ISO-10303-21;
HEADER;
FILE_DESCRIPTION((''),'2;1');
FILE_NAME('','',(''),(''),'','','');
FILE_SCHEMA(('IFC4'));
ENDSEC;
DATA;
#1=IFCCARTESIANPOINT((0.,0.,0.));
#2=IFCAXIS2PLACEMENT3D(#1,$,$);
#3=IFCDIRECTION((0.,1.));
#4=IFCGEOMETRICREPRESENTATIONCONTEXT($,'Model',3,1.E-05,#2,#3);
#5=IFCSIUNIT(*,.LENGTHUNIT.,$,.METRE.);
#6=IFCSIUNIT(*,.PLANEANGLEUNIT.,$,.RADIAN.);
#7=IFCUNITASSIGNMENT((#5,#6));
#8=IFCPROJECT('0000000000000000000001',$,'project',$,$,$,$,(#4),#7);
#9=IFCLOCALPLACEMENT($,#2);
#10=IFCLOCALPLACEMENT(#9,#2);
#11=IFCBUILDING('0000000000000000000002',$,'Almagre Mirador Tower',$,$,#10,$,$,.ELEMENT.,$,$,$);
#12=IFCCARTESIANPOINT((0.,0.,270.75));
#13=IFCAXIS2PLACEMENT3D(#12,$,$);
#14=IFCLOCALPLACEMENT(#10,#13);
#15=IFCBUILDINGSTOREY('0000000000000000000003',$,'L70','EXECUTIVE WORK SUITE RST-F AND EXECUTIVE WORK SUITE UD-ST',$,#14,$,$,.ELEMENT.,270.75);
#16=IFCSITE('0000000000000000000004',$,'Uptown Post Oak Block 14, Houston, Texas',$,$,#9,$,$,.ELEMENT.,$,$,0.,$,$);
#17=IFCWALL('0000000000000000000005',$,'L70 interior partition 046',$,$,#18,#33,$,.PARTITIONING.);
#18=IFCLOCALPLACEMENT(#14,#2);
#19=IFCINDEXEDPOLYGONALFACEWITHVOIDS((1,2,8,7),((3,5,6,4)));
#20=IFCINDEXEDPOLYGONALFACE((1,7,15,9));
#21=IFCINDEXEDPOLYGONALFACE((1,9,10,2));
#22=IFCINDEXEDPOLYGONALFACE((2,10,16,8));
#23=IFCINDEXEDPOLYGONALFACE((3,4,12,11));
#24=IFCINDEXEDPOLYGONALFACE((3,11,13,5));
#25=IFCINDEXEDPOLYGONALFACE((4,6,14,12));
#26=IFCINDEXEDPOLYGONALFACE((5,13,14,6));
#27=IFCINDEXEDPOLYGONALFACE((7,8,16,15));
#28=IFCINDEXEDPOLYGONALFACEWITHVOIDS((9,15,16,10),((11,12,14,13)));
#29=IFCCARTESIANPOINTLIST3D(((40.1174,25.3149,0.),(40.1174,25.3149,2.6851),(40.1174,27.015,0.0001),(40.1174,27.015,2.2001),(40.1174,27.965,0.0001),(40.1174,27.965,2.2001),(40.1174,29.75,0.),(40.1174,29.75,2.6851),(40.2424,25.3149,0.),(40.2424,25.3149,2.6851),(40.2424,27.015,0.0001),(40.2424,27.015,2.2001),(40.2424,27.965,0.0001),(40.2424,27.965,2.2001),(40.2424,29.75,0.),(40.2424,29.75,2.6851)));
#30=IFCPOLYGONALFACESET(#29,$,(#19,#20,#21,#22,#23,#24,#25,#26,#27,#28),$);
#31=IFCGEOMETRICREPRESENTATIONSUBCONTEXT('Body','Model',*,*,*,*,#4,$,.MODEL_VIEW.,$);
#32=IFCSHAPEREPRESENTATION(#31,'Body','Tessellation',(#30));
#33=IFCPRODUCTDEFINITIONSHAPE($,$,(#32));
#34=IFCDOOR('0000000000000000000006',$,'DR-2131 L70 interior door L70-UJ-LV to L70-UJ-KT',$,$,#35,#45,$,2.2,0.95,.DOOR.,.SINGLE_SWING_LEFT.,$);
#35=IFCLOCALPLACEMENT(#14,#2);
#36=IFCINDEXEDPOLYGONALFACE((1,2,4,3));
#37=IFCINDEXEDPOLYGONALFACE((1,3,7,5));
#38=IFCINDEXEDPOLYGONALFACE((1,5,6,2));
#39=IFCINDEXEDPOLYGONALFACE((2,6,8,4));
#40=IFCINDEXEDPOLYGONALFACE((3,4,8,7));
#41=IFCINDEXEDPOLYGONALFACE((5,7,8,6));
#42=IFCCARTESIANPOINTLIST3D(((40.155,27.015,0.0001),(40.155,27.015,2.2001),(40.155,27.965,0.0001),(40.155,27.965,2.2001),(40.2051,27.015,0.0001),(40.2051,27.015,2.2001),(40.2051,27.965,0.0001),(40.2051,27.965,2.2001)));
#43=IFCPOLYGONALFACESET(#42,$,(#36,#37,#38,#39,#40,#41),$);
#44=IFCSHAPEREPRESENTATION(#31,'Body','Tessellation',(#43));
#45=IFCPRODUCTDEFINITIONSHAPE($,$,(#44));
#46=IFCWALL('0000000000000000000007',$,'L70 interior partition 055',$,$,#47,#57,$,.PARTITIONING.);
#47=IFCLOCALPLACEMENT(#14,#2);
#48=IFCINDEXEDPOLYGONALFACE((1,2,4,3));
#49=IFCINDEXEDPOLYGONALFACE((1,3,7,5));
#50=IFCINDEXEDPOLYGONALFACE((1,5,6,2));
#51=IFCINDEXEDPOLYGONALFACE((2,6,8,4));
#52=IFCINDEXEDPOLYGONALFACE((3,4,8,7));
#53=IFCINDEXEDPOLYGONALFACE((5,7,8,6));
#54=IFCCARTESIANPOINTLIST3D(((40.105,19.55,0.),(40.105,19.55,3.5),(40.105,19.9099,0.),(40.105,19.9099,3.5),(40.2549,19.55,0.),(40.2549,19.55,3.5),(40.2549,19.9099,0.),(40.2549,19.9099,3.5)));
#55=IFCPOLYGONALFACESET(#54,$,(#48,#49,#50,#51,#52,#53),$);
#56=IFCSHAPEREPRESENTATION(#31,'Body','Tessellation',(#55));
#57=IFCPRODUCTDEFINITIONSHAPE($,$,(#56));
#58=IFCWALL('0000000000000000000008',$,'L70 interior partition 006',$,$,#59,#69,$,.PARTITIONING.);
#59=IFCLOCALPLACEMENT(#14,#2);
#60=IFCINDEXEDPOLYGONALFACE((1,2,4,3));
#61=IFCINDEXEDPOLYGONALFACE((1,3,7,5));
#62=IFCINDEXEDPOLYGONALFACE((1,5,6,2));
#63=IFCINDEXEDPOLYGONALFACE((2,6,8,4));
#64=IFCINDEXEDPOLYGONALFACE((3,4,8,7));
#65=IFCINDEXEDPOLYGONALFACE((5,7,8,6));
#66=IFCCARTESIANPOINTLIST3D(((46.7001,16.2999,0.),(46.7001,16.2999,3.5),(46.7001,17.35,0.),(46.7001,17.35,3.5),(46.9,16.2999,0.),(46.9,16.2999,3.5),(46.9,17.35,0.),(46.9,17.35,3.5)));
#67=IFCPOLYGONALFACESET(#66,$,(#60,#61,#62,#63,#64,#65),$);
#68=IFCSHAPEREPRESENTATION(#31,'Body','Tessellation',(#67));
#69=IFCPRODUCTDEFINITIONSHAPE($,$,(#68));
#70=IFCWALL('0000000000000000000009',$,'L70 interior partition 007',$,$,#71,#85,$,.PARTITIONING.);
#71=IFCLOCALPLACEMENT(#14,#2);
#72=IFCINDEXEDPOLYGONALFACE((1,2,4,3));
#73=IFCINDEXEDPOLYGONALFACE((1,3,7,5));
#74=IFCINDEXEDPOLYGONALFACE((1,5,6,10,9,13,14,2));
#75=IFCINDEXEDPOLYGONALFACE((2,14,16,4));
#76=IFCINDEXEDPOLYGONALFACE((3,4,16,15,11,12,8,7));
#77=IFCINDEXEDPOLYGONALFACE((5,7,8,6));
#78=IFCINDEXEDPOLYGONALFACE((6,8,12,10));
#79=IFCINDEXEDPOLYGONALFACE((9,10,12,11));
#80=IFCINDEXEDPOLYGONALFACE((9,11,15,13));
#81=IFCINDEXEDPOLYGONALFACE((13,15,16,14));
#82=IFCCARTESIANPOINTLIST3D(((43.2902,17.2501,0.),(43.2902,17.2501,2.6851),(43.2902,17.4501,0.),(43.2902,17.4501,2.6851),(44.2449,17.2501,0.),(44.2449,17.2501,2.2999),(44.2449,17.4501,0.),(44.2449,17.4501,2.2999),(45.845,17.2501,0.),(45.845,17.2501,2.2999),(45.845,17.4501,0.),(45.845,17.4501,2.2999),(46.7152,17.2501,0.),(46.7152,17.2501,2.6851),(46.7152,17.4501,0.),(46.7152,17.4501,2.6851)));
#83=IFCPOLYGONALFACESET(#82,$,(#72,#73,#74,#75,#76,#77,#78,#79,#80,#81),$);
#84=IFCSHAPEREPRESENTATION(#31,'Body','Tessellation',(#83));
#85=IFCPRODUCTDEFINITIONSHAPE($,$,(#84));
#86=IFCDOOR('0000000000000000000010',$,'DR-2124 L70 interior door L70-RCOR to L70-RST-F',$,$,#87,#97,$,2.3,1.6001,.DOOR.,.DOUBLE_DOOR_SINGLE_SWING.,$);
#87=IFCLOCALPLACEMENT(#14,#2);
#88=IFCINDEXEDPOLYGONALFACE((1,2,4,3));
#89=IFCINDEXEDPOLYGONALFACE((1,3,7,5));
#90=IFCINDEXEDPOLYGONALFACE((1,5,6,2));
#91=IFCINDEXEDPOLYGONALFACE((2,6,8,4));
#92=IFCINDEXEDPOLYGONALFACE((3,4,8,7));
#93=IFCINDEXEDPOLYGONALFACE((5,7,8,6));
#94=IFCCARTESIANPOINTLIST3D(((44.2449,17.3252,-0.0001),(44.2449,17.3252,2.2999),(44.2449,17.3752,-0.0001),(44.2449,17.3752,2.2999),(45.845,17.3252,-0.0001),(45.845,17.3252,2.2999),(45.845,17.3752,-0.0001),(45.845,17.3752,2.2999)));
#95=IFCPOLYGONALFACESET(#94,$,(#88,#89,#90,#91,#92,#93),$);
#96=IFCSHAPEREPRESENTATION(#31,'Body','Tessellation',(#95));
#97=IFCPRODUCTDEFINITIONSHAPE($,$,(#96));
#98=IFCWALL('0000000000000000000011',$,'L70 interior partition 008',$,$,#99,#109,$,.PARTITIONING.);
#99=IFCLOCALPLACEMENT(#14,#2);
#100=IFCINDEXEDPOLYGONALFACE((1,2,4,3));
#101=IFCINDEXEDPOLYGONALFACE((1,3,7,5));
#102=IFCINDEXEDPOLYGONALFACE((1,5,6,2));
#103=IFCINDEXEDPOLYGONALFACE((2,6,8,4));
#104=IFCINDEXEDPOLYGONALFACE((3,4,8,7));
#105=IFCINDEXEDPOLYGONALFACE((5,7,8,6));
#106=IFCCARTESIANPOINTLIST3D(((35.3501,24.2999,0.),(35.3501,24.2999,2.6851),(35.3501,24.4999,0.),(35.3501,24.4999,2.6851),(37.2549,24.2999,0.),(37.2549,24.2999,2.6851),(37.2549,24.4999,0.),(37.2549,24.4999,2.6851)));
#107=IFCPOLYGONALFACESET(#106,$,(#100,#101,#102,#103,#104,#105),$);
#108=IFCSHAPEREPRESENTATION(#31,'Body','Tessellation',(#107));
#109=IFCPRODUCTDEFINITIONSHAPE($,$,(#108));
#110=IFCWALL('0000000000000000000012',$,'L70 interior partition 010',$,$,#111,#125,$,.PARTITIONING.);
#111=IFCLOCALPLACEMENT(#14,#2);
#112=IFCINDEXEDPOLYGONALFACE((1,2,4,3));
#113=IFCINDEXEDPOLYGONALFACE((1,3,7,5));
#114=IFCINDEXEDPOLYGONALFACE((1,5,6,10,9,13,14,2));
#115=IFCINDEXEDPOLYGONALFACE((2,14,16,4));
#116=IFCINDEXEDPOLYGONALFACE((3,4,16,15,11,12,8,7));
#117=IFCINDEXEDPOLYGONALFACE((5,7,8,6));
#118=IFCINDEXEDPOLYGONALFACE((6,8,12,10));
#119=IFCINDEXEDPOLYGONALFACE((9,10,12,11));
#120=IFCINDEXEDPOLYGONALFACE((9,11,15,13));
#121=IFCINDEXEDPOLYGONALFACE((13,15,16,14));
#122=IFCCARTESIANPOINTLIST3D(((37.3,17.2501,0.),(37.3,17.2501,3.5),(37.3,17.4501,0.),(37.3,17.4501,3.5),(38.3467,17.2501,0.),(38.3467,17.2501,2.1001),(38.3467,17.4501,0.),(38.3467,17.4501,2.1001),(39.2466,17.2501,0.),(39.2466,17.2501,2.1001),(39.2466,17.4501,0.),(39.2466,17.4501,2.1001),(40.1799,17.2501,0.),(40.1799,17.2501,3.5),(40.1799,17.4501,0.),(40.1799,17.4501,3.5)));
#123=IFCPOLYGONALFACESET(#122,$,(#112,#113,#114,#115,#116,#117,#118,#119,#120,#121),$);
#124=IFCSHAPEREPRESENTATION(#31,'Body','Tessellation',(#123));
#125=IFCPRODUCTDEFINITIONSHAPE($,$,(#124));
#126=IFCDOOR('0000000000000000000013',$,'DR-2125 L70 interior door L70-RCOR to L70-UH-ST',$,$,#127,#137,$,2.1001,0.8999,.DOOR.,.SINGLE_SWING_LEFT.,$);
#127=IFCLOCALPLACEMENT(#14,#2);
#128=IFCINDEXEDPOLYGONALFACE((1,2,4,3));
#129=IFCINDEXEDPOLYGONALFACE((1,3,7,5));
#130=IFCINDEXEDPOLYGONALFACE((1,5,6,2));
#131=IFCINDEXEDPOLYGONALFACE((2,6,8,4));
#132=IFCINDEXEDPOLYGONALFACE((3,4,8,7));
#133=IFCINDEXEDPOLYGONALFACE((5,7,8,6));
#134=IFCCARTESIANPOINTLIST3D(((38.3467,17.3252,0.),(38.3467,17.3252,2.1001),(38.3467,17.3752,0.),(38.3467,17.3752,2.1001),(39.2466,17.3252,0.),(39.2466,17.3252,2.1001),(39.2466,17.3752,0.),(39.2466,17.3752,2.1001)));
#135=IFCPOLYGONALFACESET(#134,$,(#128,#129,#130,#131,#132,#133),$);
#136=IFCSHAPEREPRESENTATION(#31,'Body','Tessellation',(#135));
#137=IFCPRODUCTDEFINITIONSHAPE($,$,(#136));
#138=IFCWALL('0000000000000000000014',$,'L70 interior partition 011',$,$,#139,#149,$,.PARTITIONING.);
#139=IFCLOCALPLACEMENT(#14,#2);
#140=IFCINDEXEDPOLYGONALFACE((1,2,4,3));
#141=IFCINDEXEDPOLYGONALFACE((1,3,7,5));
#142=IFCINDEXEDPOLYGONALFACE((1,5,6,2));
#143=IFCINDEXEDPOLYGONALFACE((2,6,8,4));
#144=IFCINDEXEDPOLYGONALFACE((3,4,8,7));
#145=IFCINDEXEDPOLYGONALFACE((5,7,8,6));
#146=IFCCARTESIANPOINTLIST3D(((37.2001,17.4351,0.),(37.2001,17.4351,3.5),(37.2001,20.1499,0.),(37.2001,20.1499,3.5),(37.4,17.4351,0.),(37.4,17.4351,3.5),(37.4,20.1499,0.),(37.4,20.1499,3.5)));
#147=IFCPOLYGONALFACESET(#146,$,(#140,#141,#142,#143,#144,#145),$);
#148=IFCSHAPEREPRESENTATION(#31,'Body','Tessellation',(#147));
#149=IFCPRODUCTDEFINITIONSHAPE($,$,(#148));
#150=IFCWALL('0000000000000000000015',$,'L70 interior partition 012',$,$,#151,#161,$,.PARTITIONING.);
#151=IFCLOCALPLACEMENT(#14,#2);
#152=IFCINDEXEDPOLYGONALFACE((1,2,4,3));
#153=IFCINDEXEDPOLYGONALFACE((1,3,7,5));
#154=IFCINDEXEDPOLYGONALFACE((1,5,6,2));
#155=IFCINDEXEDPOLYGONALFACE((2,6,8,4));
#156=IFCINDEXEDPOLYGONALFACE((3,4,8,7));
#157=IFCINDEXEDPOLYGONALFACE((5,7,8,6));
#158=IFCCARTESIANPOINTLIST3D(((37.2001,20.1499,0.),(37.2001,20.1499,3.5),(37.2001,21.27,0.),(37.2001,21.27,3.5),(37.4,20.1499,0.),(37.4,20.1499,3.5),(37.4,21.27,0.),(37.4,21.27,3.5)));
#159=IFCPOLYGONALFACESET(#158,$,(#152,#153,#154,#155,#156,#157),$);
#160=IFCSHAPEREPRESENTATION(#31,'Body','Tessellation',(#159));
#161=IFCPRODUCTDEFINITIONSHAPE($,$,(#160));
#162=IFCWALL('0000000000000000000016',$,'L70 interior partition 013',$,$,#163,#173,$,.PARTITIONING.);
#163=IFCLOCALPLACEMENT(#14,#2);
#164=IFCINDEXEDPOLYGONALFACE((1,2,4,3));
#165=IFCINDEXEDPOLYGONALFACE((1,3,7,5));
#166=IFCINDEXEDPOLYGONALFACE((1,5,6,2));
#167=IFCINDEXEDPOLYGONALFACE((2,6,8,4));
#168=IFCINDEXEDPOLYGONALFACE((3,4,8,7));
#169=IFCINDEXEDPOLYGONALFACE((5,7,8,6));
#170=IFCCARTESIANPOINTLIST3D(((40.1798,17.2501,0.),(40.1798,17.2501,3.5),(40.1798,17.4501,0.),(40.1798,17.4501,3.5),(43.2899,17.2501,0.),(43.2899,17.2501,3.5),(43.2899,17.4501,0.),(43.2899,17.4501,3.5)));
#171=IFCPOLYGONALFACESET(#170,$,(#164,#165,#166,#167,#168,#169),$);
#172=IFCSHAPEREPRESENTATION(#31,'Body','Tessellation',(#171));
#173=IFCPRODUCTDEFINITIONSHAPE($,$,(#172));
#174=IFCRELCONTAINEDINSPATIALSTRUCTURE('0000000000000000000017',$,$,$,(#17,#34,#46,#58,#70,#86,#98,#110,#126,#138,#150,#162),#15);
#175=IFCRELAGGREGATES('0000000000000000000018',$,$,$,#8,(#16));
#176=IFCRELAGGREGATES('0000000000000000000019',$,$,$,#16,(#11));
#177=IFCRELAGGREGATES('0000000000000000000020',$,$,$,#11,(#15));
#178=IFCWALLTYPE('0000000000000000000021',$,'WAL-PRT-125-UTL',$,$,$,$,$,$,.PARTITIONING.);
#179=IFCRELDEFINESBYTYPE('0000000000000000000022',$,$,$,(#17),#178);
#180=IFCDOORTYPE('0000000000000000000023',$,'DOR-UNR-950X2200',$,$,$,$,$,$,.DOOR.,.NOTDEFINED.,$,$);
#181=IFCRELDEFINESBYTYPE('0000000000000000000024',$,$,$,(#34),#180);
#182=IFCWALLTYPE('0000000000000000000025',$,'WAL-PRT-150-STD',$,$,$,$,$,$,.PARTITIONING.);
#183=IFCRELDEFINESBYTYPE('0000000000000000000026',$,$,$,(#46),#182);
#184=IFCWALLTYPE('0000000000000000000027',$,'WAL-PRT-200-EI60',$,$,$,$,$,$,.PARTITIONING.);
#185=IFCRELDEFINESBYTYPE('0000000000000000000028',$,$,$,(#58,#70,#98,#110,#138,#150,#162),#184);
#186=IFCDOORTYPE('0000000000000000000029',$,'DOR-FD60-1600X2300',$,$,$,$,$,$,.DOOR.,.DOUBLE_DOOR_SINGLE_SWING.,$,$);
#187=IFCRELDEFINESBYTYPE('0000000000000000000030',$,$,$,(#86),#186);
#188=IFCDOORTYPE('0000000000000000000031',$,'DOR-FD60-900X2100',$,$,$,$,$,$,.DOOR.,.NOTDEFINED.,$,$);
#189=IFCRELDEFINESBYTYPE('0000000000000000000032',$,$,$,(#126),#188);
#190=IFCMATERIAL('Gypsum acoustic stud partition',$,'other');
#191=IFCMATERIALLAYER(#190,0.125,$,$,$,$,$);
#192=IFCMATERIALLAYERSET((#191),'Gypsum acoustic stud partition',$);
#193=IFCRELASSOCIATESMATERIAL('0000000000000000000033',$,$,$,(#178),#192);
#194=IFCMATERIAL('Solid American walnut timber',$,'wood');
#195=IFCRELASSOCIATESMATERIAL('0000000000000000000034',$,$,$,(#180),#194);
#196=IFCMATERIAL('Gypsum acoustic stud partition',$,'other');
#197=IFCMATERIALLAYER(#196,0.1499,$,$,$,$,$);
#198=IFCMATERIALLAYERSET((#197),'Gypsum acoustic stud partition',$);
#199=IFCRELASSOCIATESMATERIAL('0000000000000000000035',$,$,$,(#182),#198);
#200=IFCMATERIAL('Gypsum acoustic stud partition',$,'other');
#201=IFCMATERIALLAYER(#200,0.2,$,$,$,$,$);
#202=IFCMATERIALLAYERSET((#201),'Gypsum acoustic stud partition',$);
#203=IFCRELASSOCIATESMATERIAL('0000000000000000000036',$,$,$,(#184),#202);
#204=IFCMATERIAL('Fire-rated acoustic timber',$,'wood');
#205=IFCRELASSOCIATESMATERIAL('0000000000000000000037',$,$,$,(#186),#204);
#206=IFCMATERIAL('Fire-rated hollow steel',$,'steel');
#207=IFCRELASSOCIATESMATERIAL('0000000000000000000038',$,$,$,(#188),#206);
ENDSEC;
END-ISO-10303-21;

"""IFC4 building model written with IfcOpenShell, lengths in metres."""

from ifc_helpers import new_model, si_unit, direction, frame, frame_2d, origin, place, context, subcontext, project, spatial, rectangle, extrude, material, layer, layer_set, type_object, element, fill, save


model = new_model("IFC4")

# Units and contexts
model_context = context("Model", 3, precision=1e-05, world=origin(), true_north=direction((0.0, 1.0)))
body_context = subcontext(model_context, "Body", "Model", "MODEL_VIEW")
ifc_project = project(units=[si_unit("LENGTHUNIT", "METRE"), si_unit("PLANEANGLEUNIT", "RADIAN")], contexts=[model_context])

# Site, building, storey
site_placement = place(None, origin())
site = spatial("IfcSite", under=ifc_project, at=site_placement, Name="Uptown Post Oak Block 14, Houston, Texas", CompositionType="ELEMENT", RefElevation=0.0)
building_placement = place(site_placement, origin())
building = spatial("IfcBuilding", under=site, at=building_placement, Name="Almagre Mirador Tower", CompositionType="ELEMENT")
storey_placement = place(building_placement, frame((0.0, 0.0, 270.75)))
storey = spatial("IfcBuildingStorey", under=building, at=storey_placement, Name="L70", Description="EXECUTIVE WORK SUITE RST-F AND EXECUTIVE WORK SUITE UD-ST", CompositionType="ELEMENT", Elevation=270.75)

# Wall, opening, door
ifc_material_1 = material(Name="Gypsum acoustic stud partition", Category="other")
ifc_layer_1 = layer(ifc_material_1, 0.125)
ifc_layer_set_1 = layer_set([ifc_layer_1], Name="Gypsum acoustic stud partition")
wall_type_1 = type_object("IfcWallType", Name="WAL-PRT-125-UTL", PredefinedType="PARTITIONING", material=ifc_layer_set_1)
wall_1_placement = place(storey_placement, frame((40.1799, 25.3149, 0.0), z_axis=(0.0, 0.0, 1.0), x_axis=(0.0, 1.0, 0.0)))
wall_1 = element("IfcWall", 1, at=wall_1_placement, inside=storey, type_object=wall_type_1, Name="L70 interior partition 046", PredefinedType="PARTITIONING", context=body_context, shape_type="SweptSolid", body=[
    extrude(rectangle(XDim=4.4351, YDim=0.125, at=frame_2d((2.2175, 0.0))), origin(), (0.0, 0.0, 1.0), 2.6851),
])
opening_1_placement = place(wall_1_placement, frame((1.7, 0.0, 0.0)))
opening_1 = element("IfcOpeningElement", 2, at=opening_1_placement, cuts=wall_1, PredefinedType="OPENING", context=body_context, shape_type="SweptSolid", body=[
    extrude(rectangle(XDim=0.95, YDim=2.2, at=frame_2d((0.4751, 1.1001))), frame((0.0, 0.0725, 0.0), z_axis=(0.0, -1.0, 0.0), x_axis=(1.0, 0.0, 0.0)), (0.0, 0.0, 1.0), 0.145),
])
ifc_material_2 = material(Name="Solid American walnut timber", Category="wood")
door_type_1 = type_object("IfcDoorType", Name="DOR-UNR-950X2200", OperationType="NOTDEFINED", PredefinedType="DOOR", material=ifc_material_2)
door_1_placement = place(opening_1_placement, origin())
door_1 = element("IfcDoor", 3, at=door_1_placement, inside=storey, type_object=door_type_1, Name="DR-2131 L70 interior door L70-UJ-LV to L70-UJ-KT", OperationType="SINGLE_SWING_LEFT", OverallHeight=2.2, OverallWidth=0.95, PredefinedType="DOOR", context=body_context, shape_type="SweptSolid", body=[
    extrude(rectangle(XDim=0.95, YDim=2.2, at=frame_2d((0.4751, 1.1001))), frame((0.0, 0.0249, 0.0), z_axis=(0.0, -1.0, 0.0), x_axis=(1.0, 0.0, 0.0)), (0.0, 0.0, 1.0), 0.05),
])
fill(opening_1, door_1)

# Walls
ifc_material_3 = material(Name="Gypsum acoustic stud partition", Category="other")
ifc_layer_2 = layer(ifc_material_3, 0.1499)
ifc_layer_set_2 = layer_set([ifc_layer_2], Name="Gypsum acoustic stud partition")
wall_type_2 = type_object("IfcWallType", Name="WAL-PRT-150-STD", PredefinedType="PARTITIONING", material=ifc_layer_set_2)
wall_2_placement = place(storey_placement, frame((40.1799, 19.55, 0.0), z_axis=(0.0, 0.0, 1.0), x_axis=(0.0, 1.0, 0.0)))
element("IfcWall", 4, at=wall_2_placement, inside=storey, type_object=wall_type_2, Name="L70 interior partition 055", PredefinedType="PARTITIONING", context=body_context, shape_type="SweptSolid", body=[
    extrude(rectangle(XDim=0.3599, YDim=0.1499, at=frame_2d((0.1799, 0.0))), origin(), (0.0, 0.0, 1.0), 3.5),
])
ifc_material_4 = material(Name="Gypsum acoustic stud partition", Category="other")
ifc_layer_3 = layer(ifc_material_4, 0.2)
ifc_layer_set_3 = layer_set([ifc_layer_3], Name="Gypsum acoustic stud partition")
wall_type_3 = type_object("IfcWallType", Name="WAL-PRT-200-EI60", PredefinedType="PARTITIONING", material=ifc_layer_set_3)
wall_3_placement = place(storey_placement, frame((46.8, 16.3, 0.0), z_axis=(0.0, 0.0, 1.0), x_axis=(0.0, 1.0, 0.0)))
element("IfcWall", 5, at=wall_3_placement, inside=storey, type_object=wall_type_3, Name="L70 interior partition 006", PredefinedType="PARTITIONING", context=body_context, shape_type="SweptSolid", body=[
    extrude(rectangle(XDim=1.05, YDim=0.2, at=frame_2d((0.5249, 0.0))), origin(), (0.0, 0.0, 1.0), 3.5),
])

# Wall, opening, door
wall_4_placement = place(storey_placement, frame((46.7151, 17.3501, 0.0), z_axis=(0.0, 0.0, 1.0), x_axis=(-1.0, 0.0, 0.0)))
wall_4 = element("IfcWall", 6, at=wall_4_placement, inside=storey, type_object=wall_type_3, Name="L70 interior partition 007", PredefinedType="PARTITIONING", context=body_context, shape_type="SweptSolid", body=[
    extrude(rectangle(XDim=3.425, YDim=0.2, at=frame_2d((1.7124, 0.0))), origin(), (0.0, 0.0, 1.0), 2.6851),
])
opening_2_placement = place(wall_4_placement, frame((0.8701, 0.0, 0.0)))
opening_2 = element("IfcOpeningElement", 7, at=opening_2_placement, cuts=wall_4, PredefinedType="OPENING", context=body_context, shape_type="SweptSolid", body=[
    extrude(rectangle(XDim=1.6001, YDim=2.3, at=frame_2d((0.8, 1.1499))), frame((0.0, 0.1101, 0.0), z_axis=(0.0, -1.0, 0.0), x_axis=(1.0, 0.0, 0.0)), (0.0, 0.0, 1.0), 0.22),
])
ifc_material_5 = material(Name="Fire-rated acoustic timber", Category="wood")
door_type_2 = type_object("IfcDoorType", Name="DOR-FD60-1600X2300", OperationType="DOUBLE_DOOR_SINGLE_SWING", PredefinedType="DOOR", material=ifc_material_5)
door_2_placement = place(opening_2_placement, origin())
door_2 = element("IfcDoor", 8, at=door_2_placement, inside=storey, type_object=door_type_2, Name="DR-2124 L70 interior door L70-RCOR to L70-RST-F", OperationType="DOUBLE_DOOR_SINGLE_SWING", OverallHeight=2.3, OverallWidth=1.6001, PredefinedType="DOOR", context=body_context, shape_type="SweptSolid", body=[
    extrude(rectangle(XDim=1.6001, YDim=2.3, at=frame_2d((0.8, 1.1499))), frame((0.0, 0.0249, 0.0), z_axis=(0.0, -1.0, 0.0), x_axis=(1.0, 0.0, 0.0)), (0.0, 0.0, 1.0), 0.05),
])
fill(opening_2, door_2)

# Wall
wall_5_placement = place(storey_placement, frame((37.2549, 24.3999, 0.0), z_axis=(0.0, 0.0, 1.0), x_axis=(-1.0, 0.0, 0.0)))
element("IfcWall", 9, at=wall_5_placement, inside=storey, type_object=wall_type_3, Name="L70 interior partition 008", PredefinedType="PARTITIONING", context=body_context, shape_type="SweptSolid", body=[
    extrude(rectangle(XDim=1.9048, YDim=0.2, at=frame_2d((0.9524, 0.0))), origin(), (0.0, 0.0, 1.0), 2.6851),
])

# Wall, opening, door
wall_6_placement = place(storey_placement, frame((40.1799, 17.3501, 0.0), z_axis=(0.0, 0.0, 1.0), x_axis=(-1.0, 0.0, 0.0)))
wall_6 = element("IfcWall", 10, at=wall_6_placement, inside=storey, type_object=wall_type_3, Name="L70 interior partition 010", PredefinedType="PARTITIONING", context=body_context, shape_type="SweptSolid", body=[
    extrude(rectangle(XDim=2.8799, YDim=0.2, at=frame_2d((1.4399, 0.0))), origin(), (0.0, 0.0, 1.0), 3.5),
])
opening_3_placement = place(wall_6_placement, frame((0.9333, 0.0, 0.0)))
opening_3 = element("IfcOpeningElement", 11, at=opening_3_placement, cuts=wall_6, PredefinedType="OPENING", context=body_context, shape_type="SweptSolid", body=[
    extrude(rectangle(XDim=0.8999, YDim=2.1001, at=frame_2d((0.45, 1.05))), frame((0.0, 0.1101, 0.0), z_axis=(0.0, -1.0, 0.0), x_axis=(1.0, 0.0, 0.0)), (0.0, 0.0, 1.0), 0.22),
])
ifc_material_6 = material(Name="Fire-rated hollow steel", Category="steel")
door_type_3 = type_object("IfcDoorType", Name="DOR-FD60-900X2100", OperationType="NOTDEFINED", PredefinedType="DOOR", material=ifc_material_6)
door_3_placement = place(opening_3_placement, origin())
door_3 = element("IfcDoor", 12, at=door_3_placement, inside=storey, type_object=door_type_3, Name="DR-2125 L70 interior door L70-RCOR to L70-UH-ST", OperationType="SINGLE_SWING_LEFT", OverallHeight=2.1001, OverallWidth=0.8999, PredefinedType="DOOR", context=body_context, shape_type="SweptSolid", body=[
    extrude(rectangle(XDim=0.8999, YDim=2.1001, at=frame_2d((0.45, 1.05))), frame((0.0, 0.0249, 0.0), z_axis=(0.0, -1.0, 0.0), x_axis=(1.0, 0.0, 0.0)), (0.0, 0.0, 1.0), 0.05),
])
fill(opening_3, door_3)

# Walls
wall_7_placement = place(storey_placement, frame((37.3, 17.4351, 0.0), z_axis=(0.0, 0.0, 1.0), x_axis=(0.0, 1.0, 0.0)))
element("IfcWall", 13, at=wall_7_placement, inside=storey, type_object=wall_type_3, Name="L70 interior partition 011", PredefinedType="PARTITIONING", context=body_context, shape_type="SweptSolid", body=[
    extrude(rectangle(XDim=2.7148, YDim=0.2, at=frame_2d((1.3574, 0.0))), origin(), (0.0, 0.0, 1.0), 3.5),
])
wall_8_placement = place(storey_placement, frame((37.3, 20.1499, 0.0), z_axis=(0.0, 0.0, 1.0), x_axis=(0.0, 1.0, 0.0)))
element("IfcWall", 14, at=wall_8_placement, inside=storey, type_object=wall_type_3, Name="L70 interior partition 012", PredefinedType="PARTITIONING", context=body_context, shape_type="SweptSolid", body=[
    extrude(rectangle(XDim=1.1201, YDim=0.2, at=frame_2d((0.5601, 0.0))), origin(), (0.0, 0.0, 1.0), 3.5),
])
wall_9_placement = place(storey_placement, frame((43.29, 17.3501, 0.0), z_axis=(0.0, 0.0, 1.0), x_axis=(-1.0, 0.0, 0.0)))
element("IfcWall", 15, at=wall_9_placement, inside=storey, type_object=wall_type_3, Name="L70 interior partition 013", PredefinedType="PARTITIONING", context=body_context, shape_type="SweptSolid", body=[
    extrude(rectangle(XDim=3.1101, YDim=0.2, at=frame_2d((1.5552, 0.0))), origin(), (0.0, 0.0, 1.0), 3.5),
])

save(model, "model.ifc")
